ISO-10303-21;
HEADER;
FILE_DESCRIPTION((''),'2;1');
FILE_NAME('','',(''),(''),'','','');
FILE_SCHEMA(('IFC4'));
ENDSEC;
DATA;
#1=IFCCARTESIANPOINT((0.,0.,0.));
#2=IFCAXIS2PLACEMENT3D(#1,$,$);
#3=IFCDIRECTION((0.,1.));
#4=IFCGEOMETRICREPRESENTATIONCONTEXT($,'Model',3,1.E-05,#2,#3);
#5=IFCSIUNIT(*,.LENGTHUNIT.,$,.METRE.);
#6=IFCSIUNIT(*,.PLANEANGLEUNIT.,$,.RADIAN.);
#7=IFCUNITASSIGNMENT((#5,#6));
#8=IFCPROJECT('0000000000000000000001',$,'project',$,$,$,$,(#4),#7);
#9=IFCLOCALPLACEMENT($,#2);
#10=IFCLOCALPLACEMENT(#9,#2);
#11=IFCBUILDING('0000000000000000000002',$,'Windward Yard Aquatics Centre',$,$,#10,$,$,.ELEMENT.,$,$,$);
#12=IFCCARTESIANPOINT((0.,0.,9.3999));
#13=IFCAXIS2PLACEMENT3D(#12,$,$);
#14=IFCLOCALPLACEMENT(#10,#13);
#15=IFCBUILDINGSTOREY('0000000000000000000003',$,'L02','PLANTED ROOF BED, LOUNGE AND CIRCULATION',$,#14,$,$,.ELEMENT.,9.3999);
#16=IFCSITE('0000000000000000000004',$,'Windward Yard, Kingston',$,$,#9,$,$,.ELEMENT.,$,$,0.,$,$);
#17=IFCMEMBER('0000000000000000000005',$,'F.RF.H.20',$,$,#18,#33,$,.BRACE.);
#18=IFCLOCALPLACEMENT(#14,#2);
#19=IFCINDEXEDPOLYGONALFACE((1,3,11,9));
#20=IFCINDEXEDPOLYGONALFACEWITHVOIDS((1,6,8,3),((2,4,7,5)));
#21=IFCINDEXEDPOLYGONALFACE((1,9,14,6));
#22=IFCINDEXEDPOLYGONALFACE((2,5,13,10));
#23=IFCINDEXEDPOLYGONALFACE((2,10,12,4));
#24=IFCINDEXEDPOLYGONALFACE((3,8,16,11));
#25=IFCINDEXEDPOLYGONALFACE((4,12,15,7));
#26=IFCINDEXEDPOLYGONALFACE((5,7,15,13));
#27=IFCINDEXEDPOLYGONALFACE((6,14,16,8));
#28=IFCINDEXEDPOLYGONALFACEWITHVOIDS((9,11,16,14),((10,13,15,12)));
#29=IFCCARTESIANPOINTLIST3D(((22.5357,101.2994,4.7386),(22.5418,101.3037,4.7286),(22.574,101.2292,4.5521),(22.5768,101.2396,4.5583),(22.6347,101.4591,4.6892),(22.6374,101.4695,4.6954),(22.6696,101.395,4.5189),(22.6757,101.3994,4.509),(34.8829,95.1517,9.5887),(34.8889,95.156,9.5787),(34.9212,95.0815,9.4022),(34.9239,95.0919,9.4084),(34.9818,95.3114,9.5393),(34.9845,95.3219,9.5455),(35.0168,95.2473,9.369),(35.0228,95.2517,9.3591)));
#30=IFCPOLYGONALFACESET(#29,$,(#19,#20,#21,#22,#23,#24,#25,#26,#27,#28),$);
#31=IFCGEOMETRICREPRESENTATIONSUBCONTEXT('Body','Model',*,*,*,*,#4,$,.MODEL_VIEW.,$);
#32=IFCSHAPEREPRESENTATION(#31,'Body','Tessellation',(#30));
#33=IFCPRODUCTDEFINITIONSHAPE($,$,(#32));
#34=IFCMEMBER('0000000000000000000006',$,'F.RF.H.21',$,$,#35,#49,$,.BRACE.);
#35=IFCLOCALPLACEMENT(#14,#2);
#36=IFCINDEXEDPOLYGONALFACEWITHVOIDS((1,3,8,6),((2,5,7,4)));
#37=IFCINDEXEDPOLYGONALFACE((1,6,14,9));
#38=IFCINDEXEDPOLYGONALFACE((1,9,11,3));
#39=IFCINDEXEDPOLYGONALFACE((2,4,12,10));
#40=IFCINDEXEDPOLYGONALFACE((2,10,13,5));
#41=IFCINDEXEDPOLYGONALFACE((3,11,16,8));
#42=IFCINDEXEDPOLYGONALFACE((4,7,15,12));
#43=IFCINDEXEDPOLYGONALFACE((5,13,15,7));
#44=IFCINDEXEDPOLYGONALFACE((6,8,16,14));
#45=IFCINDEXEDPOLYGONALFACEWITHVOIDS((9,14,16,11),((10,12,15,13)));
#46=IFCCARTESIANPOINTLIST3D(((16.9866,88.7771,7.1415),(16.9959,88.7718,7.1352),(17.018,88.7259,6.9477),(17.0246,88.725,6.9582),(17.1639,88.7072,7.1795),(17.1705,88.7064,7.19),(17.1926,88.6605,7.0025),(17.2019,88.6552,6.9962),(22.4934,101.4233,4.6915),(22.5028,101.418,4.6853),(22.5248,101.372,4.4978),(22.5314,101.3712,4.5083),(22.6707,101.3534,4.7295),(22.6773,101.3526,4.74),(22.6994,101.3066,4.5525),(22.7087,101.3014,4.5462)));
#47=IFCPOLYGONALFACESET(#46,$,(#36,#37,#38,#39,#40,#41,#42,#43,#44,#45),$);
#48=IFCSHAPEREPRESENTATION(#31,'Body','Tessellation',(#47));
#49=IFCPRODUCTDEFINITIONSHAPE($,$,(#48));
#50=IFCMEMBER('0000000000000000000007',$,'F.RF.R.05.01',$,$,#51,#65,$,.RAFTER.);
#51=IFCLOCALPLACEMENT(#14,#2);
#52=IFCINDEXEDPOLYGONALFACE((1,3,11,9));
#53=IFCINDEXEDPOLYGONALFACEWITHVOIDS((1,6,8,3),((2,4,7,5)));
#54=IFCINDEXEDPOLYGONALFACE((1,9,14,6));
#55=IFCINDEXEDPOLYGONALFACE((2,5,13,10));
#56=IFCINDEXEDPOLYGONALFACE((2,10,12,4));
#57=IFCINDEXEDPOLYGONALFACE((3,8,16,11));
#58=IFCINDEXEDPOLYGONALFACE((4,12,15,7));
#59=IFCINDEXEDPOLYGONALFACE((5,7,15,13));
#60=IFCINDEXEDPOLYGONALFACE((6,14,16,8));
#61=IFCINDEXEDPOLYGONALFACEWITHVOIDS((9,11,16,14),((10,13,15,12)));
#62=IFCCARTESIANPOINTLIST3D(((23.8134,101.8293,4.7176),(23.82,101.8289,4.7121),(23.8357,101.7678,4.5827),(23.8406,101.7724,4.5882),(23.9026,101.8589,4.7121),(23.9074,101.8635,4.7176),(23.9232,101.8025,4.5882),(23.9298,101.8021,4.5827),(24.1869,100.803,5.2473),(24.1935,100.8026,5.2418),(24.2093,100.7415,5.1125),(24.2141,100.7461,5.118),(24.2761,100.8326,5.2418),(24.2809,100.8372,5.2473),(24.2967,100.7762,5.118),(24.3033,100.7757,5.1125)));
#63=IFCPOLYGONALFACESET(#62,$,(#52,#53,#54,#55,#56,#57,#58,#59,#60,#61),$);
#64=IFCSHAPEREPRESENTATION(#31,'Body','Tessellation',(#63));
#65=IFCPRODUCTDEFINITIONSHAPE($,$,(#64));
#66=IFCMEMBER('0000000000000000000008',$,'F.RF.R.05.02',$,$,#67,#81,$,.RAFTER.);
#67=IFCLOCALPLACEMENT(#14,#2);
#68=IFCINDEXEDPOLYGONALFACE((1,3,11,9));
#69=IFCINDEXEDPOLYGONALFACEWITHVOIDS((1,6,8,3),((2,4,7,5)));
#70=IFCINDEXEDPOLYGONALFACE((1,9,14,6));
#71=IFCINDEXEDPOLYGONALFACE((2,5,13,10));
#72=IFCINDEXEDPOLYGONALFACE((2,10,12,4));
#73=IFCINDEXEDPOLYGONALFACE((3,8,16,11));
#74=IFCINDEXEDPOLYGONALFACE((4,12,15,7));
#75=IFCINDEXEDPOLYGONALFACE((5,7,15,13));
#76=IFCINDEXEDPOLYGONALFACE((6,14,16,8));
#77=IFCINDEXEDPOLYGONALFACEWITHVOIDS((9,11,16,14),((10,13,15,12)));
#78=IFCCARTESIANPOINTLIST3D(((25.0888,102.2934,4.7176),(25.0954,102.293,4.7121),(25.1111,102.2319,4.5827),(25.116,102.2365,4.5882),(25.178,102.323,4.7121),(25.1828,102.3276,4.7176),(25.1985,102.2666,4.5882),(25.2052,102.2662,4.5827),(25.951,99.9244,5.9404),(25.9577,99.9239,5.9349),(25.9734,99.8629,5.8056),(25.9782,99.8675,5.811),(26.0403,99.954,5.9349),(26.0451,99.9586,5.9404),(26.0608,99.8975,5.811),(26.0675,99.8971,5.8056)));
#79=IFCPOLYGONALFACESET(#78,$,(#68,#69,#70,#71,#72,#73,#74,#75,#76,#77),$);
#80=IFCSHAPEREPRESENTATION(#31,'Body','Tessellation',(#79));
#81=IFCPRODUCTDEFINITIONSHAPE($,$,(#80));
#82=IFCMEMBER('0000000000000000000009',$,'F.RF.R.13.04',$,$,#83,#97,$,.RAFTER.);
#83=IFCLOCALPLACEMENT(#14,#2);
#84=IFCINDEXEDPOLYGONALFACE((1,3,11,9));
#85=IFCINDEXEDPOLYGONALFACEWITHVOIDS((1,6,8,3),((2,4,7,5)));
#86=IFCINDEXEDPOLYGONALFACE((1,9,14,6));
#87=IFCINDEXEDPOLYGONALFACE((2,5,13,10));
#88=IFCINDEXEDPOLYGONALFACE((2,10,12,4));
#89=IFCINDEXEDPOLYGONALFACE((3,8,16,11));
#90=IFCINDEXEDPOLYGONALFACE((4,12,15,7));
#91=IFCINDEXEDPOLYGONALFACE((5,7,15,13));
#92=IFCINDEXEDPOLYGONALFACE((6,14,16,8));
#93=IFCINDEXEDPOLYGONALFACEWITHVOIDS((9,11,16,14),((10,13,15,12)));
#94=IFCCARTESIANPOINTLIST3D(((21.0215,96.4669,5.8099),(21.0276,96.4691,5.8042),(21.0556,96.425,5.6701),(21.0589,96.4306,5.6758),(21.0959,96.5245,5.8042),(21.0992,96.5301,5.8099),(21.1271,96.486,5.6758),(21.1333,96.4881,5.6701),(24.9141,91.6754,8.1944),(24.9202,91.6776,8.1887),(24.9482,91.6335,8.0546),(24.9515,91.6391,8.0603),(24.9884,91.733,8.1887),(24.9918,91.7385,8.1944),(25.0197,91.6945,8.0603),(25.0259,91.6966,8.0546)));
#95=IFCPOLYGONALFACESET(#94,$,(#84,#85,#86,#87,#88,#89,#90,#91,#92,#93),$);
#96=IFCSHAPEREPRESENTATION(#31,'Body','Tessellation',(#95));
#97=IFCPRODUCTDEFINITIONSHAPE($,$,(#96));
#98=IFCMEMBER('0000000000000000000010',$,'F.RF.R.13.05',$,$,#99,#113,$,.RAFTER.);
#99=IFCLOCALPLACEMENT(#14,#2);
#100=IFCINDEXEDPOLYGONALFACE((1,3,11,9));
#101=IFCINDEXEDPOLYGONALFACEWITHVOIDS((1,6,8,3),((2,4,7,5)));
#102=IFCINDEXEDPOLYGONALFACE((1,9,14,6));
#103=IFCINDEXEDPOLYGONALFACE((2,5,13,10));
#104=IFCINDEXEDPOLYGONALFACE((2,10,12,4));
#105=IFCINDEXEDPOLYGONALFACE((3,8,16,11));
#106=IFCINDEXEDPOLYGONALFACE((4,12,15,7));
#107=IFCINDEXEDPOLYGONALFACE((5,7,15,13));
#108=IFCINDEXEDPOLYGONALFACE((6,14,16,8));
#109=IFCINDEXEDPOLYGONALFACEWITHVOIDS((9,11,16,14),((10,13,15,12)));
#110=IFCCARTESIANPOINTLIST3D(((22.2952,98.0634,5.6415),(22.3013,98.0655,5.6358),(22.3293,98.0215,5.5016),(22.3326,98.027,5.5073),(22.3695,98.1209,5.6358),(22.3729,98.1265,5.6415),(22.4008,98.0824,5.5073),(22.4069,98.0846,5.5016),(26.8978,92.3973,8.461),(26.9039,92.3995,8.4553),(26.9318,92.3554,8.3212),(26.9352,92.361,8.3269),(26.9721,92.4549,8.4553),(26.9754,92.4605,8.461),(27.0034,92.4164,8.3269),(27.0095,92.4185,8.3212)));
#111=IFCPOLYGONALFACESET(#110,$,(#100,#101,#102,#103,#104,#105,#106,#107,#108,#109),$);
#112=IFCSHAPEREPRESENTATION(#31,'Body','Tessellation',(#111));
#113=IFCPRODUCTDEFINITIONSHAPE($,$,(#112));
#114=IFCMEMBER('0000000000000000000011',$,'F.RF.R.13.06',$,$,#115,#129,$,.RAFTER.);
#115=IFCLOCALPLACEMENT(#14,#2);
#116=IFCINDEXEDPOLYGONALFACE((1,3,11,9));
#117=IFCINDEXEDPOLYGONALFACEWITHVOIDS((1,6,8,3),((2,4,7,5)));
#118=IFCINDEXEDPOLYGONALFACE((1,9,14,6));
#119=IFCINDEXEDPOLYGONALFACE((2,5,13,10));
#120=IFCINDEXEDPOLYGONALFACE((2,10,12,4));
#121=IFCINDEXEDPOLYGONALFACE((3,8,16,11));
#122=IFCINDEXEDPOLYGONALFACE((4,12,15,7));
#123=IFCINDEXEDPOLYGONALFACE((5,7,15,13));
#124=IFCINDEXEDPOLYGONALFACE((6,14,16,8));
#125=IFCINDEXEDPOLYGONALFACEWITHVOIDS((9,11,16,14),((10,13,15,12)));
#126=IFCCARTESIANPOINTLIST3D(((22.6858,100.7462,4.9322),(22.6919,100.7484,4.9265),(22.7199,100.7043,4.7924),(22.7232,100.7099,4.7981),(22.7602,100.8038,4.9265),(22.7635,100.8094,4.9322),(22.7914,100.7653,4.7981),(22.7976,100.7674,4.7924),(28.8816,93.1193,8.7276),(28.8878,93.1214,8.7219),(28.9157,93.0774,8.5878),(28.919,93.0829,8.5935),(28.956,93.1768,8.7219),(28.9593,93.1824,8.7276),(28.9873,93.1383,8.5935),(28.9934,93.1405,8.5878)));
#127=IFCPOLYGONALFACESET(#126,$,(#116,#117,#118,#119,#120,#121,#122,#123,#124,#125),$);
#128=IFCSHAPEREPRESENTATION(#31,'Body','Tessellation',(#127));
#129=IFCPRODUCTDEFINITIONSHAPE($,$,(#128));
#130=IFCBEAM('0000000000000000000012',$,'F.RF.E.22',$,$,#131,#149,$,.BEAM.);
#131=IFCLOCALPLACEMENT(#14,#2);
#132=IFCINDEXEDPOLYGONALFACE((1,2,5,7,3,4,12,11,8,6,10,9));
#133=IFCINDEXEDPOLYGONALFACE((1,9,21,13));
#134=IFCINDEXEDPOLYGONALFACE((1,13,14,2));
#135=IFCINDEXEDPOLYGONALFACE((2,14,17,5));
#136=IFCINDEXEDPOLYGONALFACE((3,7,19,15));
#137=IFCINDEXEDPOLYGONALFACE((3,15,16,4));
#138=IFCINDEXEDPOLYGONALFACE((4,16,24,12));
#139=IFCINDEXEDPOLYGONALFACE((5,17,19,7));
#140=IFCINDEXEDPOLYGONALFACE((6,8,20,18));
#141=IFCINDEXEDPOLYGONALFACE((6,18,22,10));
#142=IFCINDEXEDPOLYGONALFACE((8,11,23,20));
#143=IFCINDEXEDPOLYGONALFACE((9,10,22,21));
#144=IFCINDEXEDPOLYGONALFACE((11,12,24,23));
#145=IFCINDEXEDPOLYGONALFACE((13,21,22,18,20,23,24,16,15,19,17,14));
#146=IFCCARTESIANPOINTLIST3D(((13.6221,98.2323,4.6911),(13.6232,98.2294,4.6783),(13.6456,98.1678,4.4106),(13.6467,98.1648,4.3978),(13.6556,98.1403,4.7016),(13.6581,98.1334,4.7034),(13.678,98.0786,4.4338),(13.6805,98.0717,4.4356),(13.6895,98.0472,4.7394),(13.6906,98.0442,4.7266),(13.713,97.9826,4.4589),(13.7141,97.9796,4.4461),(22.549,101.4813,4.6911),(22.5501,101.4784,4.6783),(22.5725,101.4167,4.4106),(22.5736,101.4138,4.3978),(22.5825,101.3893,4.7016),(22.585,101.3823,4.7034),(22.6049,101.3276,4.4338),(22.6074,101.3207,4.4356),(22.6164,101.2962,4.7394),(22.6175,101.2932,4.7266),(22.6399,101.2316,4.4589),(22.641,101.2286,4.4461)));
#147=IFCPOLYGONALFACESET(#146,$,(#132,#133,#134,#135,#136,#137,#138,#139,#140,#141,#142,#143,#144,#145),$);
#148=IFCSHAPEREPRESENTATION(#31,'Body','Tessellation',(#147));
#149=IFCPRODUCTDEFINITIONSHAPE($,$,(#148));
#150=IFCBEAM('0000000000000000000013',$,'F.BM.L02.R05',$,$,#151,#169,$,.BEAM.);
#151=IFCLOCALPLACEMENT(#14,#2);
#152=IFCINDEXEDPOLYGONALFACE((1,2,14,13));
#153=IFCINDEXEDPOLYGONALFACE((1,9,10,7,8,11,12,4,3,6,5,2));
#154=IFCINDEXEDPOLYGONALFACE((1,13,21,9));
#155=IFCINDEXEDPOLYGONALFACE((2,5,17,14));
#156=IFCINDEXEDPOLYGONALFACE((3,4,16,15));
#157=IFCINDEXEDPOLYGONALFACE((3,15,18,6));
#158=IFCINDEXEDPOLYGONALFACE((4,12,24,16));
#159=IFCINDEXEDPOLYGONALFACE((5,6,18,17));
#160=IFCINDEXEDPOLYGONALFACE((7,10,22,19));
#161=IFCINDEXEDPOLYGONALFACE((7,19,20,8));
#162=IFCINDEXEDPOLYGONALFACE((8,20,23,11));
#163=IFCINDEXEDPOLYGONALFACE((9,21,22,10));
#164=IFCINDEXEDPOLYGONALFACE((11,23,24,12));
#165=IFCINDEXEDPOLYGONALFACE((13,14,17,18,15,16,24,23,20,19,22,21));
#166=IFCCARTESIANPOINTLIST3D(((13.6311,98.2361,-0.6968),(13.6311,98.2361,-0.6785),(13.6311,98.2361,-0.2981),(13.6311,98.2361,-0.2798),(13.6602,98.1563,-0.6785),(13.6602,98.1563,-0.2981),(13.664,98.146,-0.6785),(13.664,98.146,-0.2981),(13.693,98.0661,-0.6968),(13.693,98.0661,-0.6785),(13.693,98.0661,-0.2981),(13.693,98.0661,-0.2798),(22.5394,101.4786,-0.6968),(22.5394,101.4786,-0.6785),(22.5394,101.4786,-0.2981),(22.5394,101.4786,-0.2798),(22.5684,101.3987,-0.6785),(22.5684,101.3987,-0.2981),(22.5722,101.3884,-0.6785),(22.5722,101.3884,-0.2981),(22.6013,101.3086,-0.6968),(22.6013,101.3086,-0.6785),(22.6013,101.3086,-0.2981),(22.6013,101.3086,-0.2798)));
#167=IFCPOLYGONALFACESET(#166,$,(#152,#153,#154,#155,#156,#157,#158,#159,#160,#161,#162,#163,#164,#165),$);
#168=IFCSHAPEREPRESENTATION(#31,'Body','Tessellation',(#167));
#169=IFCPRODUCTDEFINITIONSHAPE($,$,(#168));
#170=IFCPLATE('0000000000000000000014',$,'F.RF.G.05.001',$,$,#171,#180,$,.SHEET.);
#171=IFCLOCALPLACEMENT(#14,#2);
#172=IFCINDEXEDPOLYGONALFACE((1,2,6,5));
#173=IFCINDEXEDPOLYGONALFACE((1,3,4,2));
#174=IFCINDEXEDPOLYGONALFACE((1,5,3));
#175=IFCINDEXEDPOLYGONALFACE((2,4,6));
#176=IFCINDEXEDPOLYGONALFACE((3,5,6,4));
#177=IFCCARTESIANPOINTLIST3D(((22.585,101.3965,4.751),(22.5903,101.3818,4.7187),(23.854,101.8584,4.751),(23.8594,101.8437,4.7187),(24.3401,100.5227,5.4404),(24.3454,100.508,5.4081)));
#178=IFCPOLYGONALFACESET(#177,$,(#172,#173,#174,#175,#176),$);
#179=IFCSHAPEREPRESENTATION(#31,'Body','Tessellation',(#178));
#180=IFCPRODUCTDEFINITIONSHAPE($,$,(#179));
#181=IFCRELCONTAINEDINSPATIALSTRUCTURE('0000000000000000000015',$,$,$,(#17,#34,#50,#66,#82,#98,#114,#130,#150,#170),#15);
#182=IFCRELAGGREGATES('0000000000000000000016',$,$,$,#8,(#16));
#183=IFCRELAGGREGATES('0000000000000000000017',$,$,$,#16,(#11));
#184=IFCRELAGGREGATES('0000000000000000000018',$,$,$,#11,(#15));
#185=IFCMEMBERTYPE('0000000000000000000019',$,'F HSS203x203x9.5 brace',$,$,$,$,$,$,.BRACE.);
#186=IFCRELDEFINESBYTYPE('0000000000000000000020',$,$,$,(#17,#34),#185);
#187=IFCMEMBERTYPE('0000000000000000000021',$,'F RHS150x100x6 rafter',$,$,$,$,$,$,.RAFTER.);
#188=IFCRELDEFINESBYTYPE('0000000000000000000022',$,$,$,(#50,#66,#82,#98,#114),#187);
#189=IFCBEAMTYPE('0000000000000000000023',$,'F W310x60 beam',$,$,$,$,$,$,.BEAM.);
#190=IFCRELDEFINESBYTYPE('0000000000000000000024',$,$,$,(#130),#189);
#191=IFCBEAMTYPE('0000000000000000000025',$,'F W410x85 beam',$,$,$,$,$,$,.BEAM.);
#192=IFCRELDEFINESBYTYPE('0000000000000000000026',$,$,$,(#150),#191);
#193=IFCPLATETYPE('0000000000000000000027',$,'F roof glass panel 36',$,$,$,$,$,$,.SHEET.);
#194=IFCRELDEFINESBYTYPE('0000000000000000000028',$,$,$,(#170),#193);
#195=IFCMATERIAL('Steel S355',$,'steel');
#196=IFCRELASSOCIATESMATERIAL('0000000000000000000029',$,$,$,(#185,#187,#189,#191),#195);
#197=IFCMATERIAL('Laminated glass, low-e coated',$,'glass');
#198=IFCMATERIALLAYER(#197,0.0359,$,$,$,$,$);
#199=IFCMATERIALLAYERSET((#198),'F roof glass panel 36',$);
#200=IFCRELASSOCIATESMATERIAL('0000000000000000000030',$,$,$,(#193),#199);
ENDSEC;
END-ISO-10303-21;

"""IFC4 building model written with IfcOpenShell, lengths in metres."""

from ifc_helpers import new_model, si_unit, direction, frame, origin, origin_2d, place, context, subcontext, project, spatial, polyline, hollow_rectangle, i_section, outline, extrude, material, layer, layer_set, material_profile, profile_set, type_object, element, save


model = new_model("IFC4")

# Units and contexts
model_context = context("Model", 3, precision=1e-05, world=origin(), true_north=direction((0.0, 1.0)))
body_context = subcontext(model_context, "Body", "Model", "MODEL_VIEW")
ifc_project = project(units=[si_unit("LENGTHUNIT", "METRE"), si_unit("PLANEANGLEUNIT", "RADIAN")], contexts=[model_context])

# Site, building, storey
site_placement = place(None, origin())
site = spatial("IfcSite", under=ifc_project, at=site_placement, Name="Windward Yard, Kingston", CompositionType="ELEMENT", RefElevation=0.0)
building_placement = place(site_placement, origin())
building = spatial("IfcBuilding", under=site, at=building_placement, Name="Windward Yard Aquatics Centre", CompositionType="ELEMENT")
storey_placement = place(building_placement, frame((0.0, 0.0, 9.3999)))
storey = spatial("IfcBuildingStorey", under=building, at=storey_placement, Name="L02", Description="PLANTED ROOF BED, LOUNGE AND CIRCULATION", CompositionType="ELEMENT", Elevation=9.3999)

# Members
ifc_material_1 = material(Name="Steel S355", Category="steel")
ifc_material_profile_1 = material_profile(ifc_material_1, hollow_rectangle(XDim=0.2029, YDim=0.2029, WallThickness=0.0088, at=origin_2d()), Name="HSS203x203x9.5")
ifc_profile_set_1 = profile_set([ifc_material_profile_1], Name="Steel S355")
member_type_1 = type_object("IfcMemberType", Name="F HSS203x203x9.5 brace", PredefinedType="BRACE", material=ifc_profile_set_1)
member_1_placement = place(storey_placement, frame((22.6057, 101.3494, 4.6238), z_axis=(0.844488, -0.420474, 0.331724), x_axis=(0.501195, 0.838778, -0.212733)))
element("IfcMember", 1, at=member_1_placement, inside=storey, type_object=member_type_1, Name="F.RF.H.20", PredefinedType="BRACE", context=body_context, shape_type="SweptSolid", body=[
    extrude(hollow_rectangle(XDim=0.2029, YDim=0.2029, WallThickness=0.0088, at=origin_2d()), origin(), (0.0, 0.0, 1.0), 14.6208),
])
member_2_placement = place(storey_placement, frame((22.6011, 101.3623, 4.6189), z_axis=(-0.39309, -0.902716, 0.174883), x_axis=(0.906378, -0.34839, 0.238962)))
element("IfcMember", 2, at=member_2_placement, inside=storey, type_object=member_type_1, Name="F.RF.H.21", PredefinedType="BRACE", context=body_context, shape_type="SweptSolid", body=[
    extrude(hollow_rectangle(XDim=0.2029, YDim=0.2029, WallThickness=0.0088, at=origin_2d()), origin(), (0.0, 0.0, 1.0), 14.009),
])
ifc_material_profile_2 = material_profile(ifc_material_1, hollow_rectangle(XDim=0.1001, YDim=0.1499, WallThickness=0.0061, at=origin_2d()), Name="RHS150x100x6")
ifc_profile_set_2 = profile_set([ifc_material_profile_2], Name="Steel S355")
member_type_2 = type_object("IfcMemberType", Name="F RHS150x100x6 rafter", PredefinedType="RAFTER", material=ifc_profile_set_2)
member_3_placement = place(storey_placement, frame((23.8716, 101.8157, 4.6501), z_axis=(0.307707, -0.84549, 0.436421), x_axis=(0.939702, 0.341994, 0.0)))
element("IfcMember", 3, at=member_3_placement, inside=storey, type_object=member_type_2, Name="F.RF.R.05.01", PredefinedType="RAFTER", context=body_context, shape_type="SweptSolid", body=[
    extrude(hollow_rectangle(XDim=0.1001, YDim=0.1499, WallThickness=0.0061, at=origin_2d()), origin(), (0.0, 0.0, 1.0), 1.2139),
])
member_4_placement = place(storey_placement, frame((25.147, 102.2798, 4.6501), z_axis=(0.307733, -0.845481, 0.43642), x_axis=(0.939692, 0.342023, 0.0)))
element("IfcMember", 4, at=member_4_placement, inside=storey, type_object=member_type_2, Name="F.RF.R.05.02", PredefinedType="RAFTER", context=body_context, shape_type="SweptSolid", body=[
    extrude(hollow_rectangle(XDim=0.1001, YDim=0.1499, WallThickness=0.0061, at=origin_2d()), origin(), (0.0, 0.0, 1.0), 2.802),
])
member_5_placement = place(storey_placement, frame((21.0774, 96.4775, 5.74), z_axis=(0.588189, -0.724022, 0.360314), x_axis=(0.776155, 0.630542, 0.0)))
element("IfcMember", 5, at=member_5_placement, inside=storey, type_object=member_type_2, Name="F.RF.R.13.04", PredefinedType="RAFTER", context=body_context, shape_type="SweptSolid", body=[
    extrude(hollow_rectangle(XDim=0.1001, YDim=0.1499, WallThickness=0.0061, at=origin_2d()), origin(), (0.0, 0.0, 1.0), 6.6179),
])
member_6_placement = place(storey_placement, frame((22.3511, 98.074, 5.5715), z_axis=(0.588153, -0.724053, 0.360311), x_axis=(0.776188, 0.630502, 0.0)))
element("IfcMember", 6, at=member_6_placement, inside=storey, type_object=member_type_2, Name="F.RF.R.13.05", PredefinedType="RAFTER", context=body_context, shape_type="SweptSolid", body=[
    extrude(hollow_rectangle(XDim=0.1001, YDim=0.1499, WallThickness=0.0061, at=origin_2d()), origin(), (0.0, 0.0, 1.0), 7.8254),
])
member_7_placement = place(storey_placement, frame((22.7417, 100.7568, 4.8623), z_axis=(0.588176, -0.724037, 0.360304), x_axis=(0.776169, 0.630525, 0.0)))
element("IfcMember", 7, at=member_7_placement, inside=storey, type_object=member_type_2, Name="F.RF.R.13.06", PredefinedType="RAFTER", context=body_context, shape_type="SweptSolid", body=[
    extrude(hollow_rectangle(XDim=0.1001, YDim=0.1499, WallThickness=0.0061, at=origin_2d()), origin(), (0.0, 0.0, 1.0), 10.5339),
])

# Beams
ifc_material_profile_3 = material_profile(ifc_material_1, i_section(OverallWidth=0.2029, OverallDepth=0.302, WebThickness=0.0076, FlangeThickness=0.0132, at=origin_2d()), Name="W310x60")
ifc_profile_set_3 = profile_set([ifc_material_profile_3], Name="Steel S355")
beam_type_1 = type_object("IfcBeamType", Name="F W310x60 beam", PredefinedType="BEAM", material=ifc_profile_set_3)
beam_1_placement = place(storey_placement, frame((22.595, 101.355, 4.5686), z_axis=(-0.939697, -0.342007, 0.0), x_axis=(0.332183, -0.912704, 0.237962)))
element("IfcBeam", 8, at=beam_1_placement, inside=storey, type_object=beam_type_1, Name="F.RF.E.22", PredefinedType="BEAM", context=body_context, shape_type="SweptSolid", body=[
    extrude(i_section(OverallWidth=0.2029, OverallDepth=0.302, WebThickness=0.0076, FlangeThickness=0.0132, at=origin_2d()), origin(), (0.0, 0.0, 1.0), 9.4998),
])
ifc_material_profile_4 = material_profile(ifc_material_1, i_section(OverallWidth=0.1809, OverallDepth=0.417, WebThickness=0.011, FlangeThickness=0.0183, at=origin_2d()), Name="W410x85")
ifc_profile_set_4 = profile_set([ifc_material_profile_4], Name="Steel S355")
beam_type_2 = type_object("IfcBeamType", Name="F W410x85 beam", PredefinedType="BEAM", material=ifc_profile_set_4)
beam_2_placement = place(storey_placement, frame((22.5703, 101.3936, -0.4883), z_axis=(-0.939689, -0.34203, 0.0), x_axis=(0.34203, -0.939689, 0.0)))
element("IfcBeam", 9, at=beam_2_placement, inside=storey, type_object=beam_type_2, Name="F.BM.L02.R05", PredefinedType="BEAM", context=body_context, shape_type="SweptSolid", body=[
    extrude(i_section(OverallWidth=0.1809, OverallDepth=0.417, WebThickness=0.011, FlangeThickness=0.0183, at=origin_2d()), origin(), (0.0, 0.0, 1.0), 9.48),
])

# Plate
ifc_material_2 = material(Name="Laminated glass, low-e coated", Category="glass")
ifc_layer_1 = layer(ifc_material_2, 0.0359)
ifc_layer_set_1 = layer_set([ifc_layer_1], Name="F roof glass panel 36")
plate_type = type_object("IfcPlateType", Name="F roof glass panel 36", PredefinedType="SHEET", material=ifc_layer_set_1)
plate_1_placement = place(storey_placement, frame((22.585, 101.3965, 4.751), z_axis=(-0.149272, 0.410102, 0.899741), x_axis=(0.939688, 0.342033, 0.0)))
element("IfcPlate", 10, at=plate_1_placement, inside=storey, type_object=plate_type, Name="F.RF.G.05.001", PredefinedType="SHEET", context=body_context, shape_type="SweptSolid", body=[
    extrude(outline(polyline([(0.0, 0.0), (1.3505, 0.0), (1.3504, -1.5798), (0.0, 0.0)])), origin(), (0.0, 0.0, -1.0), 0.0359),
])

save(model, "model.ifc")
